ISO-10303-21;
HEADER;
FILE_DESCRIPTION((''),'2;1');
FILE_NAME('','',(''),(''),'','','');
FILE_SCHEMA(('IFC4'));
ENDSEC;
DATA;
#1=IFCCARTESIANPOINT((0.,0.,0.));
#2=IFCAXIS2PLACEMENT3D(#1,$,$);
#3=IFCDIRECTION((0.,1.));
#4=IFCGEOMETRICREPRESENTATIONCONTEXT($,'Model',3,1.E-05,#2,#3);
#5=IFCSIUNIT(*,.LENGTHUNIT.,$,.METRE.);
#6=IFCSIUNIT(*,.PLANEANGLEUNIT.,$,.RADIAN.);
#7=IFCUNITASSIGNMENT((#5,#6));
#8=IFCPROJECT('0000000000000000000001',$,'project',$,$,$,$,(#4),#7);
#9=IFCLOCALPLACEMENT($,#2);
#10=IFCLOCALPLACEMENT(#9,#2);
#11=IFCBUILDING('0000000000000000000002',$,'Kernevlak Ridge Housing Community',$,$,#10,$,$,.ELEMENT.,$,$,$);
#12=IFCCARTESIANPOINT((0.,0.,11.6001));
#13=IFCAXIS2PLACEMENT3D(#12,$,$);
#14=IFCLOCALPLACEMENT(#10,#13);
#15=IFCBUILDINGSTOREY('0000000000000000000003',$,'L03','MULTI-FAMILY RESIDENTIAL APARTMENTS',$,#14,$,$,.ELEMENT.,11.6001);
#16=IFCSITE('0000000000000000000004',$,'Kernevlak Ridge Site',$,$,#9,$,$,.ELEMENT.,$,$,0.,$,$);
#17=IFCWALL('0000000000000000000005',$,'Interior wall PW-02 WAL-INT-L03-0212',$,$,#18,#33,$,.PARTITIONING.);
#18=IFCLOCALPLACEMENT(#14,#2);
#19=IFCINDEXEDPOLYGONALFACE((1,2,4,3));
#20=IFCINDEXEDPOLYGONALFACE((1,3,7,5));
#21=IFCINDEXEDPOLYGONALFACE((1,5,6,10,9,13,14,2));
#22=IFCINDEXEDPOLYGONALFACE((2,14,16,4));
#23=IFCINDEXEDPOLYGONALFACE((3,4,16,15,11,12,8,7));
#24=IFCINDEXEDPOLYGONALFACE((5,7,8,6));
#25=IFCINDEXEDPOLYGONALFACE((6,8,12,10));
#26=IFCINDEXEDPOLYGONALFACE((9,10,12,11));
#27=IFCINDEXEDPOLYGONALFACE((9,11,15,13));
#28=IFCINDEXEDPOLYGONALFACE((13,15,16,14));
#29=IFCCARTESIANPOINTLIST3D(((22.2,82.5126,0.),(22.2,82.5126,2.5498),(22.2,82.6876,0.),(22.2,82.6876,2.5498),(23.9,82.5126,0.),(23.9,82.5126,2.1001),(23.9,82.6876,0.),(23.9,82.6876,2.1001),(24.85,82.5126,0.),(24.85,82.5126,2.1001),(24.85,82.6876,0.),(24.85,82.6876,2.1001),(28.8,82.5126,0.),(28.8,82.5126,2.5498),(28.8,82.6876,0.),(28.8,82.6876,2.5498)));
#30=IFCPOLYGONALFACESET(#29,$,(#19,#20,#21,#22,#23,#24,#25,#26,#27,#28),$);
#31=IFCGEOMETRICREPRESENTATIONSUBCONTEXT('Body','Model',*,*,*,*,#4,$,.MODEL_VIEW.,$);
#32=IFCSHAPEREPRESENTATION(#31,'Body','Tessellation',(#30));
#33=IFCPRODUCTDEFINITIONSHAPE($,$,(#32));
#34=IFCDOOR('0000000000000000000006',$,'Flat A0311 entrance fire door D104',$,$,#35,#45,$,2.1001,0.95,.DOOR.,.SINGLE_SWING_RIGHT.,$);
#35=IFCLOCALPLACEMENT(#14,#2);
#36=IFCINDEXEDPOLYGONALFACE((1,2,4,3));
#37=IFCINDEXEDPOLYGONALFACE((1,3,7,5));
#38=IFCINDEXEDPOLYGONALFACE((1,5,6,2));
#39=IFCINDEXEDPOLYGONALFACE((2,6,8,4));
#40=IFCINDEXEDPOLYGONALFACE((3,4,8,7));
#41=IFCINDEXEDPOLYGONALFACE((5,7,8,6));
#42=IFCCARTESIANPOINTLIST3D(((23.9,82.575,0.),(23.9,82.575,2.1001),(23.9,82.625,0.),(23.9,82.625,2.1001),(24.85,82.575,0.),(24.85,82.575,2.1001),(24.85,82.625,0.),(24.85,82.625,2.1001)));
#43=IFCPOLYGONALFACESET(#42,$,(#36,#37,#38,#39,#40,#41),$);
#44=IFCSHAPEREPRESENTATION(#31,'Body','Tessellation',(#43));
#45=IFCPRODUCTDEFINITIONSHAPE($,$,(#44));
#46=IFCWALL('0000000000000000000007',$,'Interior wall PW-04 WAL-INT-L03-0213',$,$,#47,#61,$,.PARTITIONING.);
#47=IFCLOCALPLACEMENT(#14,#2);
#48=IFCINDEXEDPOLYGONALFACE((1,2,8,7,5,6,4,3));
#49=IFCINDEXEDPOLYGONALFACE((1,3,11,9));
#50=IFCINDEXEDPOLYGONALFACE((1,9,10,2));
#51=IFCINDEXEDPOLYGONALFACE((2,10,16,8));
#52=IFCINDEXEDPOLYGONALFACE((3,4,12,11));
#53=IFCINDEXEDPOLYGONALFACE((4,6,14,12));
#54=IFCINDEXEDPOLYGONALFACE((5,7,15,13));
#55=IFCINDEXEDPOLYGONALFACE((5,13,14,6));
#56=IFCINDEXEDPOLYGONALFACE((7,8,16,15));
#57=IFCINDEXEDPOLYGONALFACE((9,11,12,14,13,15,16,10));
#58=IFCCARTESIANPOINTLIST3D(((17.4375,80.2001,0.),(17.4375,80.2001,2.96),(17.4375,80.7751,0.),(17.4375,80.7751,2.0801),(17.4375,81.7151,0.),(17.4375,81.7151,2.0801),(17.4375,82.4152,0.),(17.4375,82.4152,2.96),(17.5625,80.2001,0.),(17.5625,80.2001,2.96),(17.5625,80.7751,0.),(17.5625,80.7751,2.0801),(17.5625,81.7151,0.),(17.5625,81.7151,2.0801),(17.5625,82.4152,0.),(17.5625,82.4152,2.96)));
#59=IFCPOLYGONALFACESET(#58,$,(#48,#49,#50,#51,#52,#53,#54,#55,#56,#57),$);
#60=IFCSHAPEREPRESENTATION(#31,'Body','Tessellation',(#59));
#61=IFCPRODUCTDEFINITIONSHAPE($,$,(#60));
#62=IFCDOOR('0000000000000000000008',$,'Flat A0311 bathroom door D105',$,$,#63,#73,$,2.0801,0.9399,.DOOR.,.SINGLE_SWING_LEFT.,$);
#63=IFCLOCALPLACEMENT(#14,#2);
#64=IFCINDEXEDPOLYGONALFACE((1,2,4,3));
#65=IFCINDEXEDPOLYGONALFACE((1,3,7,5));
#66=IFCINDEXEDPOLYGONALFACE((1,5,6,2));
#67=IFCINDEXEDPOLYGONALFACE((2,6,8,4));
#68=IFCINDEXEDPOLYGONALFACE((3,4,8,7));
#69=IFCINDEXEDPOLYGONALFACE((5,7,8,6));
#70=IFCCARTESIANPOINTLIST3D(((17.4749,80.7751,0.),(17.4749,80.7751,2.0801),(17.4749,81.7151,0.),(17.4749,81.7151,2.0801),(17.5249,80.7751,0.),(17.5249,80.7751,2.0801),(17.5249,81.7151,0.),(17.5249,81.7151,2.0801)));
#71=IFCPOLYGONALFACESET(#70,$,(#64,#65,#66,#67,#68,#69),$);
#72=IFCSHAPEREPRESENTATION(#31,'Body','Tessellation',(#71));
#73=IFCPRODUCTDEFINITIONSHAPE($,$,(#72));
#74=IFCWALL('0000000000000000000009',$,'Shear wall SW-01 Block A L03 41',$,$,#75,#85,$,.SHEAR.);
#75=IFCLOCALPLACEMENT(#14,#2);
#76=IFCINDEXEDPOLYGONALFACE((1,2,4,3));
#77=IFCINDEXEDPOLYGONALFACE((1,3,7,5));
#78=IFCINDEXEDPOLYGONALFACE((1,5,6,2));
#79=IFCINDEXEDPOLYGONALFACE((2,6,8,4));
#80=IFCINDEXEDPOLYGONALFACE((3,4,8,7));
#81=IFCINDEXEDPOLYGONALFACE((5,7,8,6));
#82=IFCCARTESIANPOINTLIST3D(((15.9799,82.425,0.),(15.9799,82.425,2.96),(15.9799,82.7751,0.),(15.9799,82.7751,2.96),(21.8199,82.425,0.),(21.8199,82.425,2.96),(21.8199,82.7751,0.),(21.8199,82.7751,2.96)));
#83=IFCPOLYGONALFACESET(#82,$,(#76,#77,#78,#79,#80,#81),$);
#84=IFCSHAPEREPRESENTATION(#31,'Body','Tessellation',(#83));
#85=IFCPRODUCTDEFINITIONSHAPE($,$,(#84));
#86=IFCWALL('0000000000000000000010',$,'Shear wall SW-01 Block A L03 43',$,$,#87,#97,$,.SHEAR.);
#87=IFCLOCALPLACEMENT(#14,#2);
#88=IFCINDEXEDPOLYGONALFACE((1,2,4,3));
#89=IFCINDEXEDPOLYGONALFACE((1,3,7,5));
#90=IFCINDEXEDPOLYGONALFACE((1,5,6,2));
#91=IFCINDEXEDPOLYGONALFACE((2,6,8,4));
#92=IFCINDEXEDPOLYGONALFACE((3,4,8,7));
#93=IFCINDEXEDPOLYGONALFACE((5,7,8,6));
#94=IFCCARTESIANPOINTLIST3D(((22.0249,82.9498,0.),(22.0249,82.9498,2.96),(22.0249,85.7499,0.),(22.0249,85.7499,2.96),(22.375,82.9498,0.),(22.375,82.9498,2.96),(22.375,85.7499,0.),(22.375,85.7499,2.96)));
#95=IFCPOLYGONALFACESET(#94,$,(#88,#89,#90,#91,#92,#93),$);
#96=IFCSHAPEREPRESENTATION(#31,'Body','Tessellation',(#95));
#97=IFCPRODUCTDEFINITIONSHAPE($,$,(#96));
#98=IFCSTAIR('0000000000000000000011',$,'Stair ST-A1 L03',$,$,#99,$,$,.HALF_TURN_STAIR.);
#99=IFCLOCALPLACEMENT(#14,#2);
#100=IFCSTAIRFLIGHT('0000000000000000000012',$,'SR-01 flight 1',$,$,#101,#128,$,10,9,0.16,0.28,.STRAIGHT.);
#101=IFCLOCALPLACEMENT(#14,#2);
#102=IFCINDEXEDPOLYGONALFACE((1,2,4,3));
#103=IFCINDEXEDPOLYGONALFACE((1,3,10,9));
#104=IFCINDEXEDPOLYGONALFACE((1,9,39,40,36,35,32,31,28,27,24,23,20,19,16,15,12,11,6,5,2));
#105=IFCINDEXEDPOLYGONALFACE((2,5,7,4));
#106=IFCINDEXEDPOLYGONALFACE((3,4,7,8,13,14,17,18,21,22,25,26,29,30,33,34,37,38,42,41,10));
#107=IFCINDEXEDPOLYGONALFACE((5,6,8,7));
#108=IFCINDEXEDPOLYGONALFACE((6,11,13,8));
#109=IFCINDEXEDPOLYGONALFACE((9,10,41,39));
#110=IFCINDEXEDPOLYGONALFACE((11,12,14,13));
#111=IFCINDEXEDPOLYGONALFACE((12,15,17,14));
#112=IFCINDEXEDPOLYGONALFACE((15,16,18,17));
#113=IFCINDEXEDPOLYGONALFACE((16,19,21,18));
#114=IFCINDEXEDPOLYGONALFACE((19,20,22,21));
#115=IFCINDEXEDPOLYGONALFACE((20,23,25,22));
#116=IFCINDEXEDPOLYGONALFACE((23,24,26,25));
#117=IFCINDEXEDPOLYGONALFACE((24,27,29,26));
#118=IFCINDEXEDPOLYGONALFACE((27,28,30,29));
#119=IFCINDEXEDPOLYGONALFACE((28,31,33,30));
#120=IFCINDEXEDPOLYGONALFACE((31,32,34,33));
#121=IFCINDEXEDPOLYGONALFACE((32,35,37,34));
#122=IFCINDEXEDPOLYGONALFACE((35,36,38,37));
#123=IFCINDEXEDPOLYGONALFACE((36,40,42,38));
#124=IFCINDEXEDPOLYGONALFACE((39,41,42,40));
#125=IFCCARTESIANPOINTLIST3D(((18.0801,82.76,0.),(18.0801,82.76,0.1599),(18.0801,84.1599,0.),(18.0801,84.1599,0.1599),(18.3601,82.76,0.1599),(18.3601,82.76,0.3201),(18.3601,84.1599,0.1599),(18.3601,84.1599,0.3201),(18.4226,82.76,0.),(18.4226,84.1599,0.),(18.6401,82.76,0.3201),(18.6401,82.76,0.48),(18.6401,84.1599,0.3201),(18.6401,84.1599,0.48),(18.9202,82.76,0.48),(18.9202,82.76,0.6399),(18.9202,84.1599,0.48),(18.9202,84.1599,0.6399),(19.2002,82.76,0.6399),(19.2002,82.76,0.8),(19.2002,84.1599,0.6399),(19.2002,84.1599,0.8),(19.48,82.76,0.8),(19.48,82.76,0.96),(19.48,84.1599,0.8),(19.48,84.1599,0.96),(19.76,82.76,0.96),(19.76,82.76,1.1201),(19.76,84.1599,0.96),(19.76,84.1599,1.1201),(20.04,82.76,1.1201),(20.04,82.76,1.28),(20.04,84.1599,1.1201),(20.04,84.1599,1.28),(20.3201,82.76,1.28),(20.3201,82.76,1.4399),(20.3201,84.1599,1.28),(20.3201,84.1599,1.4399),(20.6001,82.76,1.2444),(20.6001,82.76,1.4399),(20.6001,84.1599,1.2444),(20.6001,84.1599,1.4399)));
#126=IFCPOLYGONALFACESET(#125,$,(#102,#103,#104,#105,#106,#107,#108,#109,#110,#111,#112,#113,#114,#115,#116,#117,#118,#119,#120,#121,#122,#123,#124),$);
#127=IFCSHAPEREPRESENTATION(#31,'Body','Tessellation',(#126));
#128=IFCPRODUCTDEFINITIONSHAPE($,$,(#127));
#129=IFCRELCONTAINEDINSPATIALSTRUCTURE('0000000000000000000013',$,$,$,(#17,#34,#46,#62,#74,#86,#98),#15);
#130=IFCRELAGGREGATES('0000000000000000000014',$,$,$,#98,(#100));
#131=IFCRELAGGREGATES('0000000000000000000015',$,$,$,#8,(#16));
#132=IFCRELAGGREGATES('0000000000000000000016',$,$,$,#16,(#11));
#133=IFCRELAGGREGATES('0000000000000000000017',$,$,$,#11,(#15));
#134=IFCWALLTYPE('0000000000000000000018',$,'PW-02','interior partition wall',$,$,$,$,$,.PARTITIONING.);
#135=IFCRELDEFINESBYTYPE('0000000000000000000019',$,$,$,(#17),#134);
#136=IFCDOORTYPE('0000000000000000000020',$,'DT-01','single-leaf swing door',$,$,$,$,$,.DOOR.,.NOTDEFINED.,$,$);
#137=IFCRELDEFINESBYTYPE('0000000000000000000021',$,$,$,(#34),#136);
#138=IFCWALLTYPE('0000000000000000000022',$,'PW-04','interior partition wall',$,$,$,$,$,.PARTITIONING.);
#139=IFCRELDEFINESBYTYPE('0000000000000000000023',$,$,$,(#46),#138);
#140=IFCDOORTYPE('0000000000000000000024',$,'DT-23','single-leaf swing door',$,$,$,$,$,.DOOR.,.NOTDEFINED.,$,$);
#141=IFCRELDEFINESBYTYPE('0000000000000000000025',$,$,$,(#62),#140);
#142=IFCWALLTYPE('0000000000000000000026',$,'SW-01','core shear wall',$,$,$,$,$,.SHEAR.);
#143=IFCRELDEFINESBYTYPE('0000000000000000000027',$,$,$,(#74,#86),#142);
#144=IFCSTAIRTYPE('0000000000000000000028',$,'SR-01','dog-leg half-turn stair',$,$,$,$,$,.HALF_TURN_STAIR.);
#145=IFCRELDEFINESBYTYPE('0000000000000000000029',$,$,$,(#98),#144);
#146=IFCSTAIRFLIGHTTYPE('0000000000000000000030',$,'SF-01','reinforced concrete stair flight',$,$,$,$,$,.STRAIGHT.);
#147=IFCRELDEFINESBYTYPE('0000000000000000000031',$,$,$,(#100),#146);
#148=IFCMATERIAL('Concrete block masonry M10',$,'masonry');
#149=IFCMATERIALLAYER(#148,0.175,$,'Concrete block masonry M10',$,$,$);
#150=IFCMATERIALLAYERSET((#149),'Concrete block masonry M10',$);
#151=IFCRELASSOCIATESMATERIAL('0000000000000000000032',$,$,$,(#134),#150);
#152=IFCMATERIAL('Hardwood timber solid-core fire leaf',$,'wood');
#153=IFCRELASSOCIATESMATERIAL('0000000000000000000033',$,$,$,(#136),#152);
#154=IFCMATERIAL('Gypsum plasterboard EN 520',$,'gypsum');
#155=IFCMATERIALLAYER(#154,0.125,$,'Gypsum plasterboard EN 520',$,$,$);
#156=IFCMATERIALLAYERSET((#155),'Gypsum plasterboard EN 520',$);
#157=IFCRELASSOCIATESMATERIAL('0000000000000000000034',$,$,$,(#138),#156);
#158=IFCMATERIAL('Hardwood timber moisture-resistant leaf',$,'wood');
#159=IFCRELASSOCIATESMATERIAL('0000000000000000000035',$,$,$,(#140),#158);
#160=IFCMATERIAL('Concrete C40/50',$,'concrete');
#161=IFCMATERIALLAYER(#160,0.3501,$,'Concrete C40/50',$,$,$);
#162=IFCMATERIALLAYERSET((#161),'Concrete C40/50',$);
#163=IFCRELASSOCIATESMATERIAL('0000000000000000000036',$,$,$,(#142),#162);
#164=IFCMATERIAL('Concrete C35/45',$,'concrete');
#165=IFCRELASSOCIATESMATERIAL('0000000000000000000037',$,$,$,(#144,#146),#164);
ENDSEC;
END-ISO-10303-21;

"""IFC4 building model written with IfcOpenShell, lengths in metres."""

from ifc_helpers import new_model, si_unit, direction, frame, frame_2d, origin, place, context, subcontext, project, spatial, polyline, rectangle, outline, extrude, material, layer, layer_set, type_object, element, fill, aggregate, save


model = new_model("IFC4")

# Units and contexts
model_context = context("Model", 3, precision=1e-05, world=origin(), true_north=direction((0.0, 1.0)))
body_context = subcontext(model_context, "Body", "Model", "MODEL_VIEW")
ifc_project = project(units=[si_unit("LENGTHUNIT", "METRE"), si_unit("PLANEANGLEUNIT", "RADIAN")], contexts=[model_context])

# Site, building, storey
site_placement = place(None, origin())
site = spatial("IfcSite", under=ifc_project, at=site_placement, Name="Kernevlak Ridge Site", CompositionType="ELEMENT", RefElevation=0.0)
building_placement = place(site_placement, origin())
building = spatial("IfcBuilding", under=site, at=building_placement, Name="Kernevlak Ridge Housing Community", CompositionType="ELEMENT")
storey_placement = place(building_placement, frame((0.0, 0.0, 11.6001)))
storey = spatial("IfcBuildingStorey", under=building, at=storey_placement, Name="L03", Description="MULTI-FAMILY RESIDENTIAL APARTMENTS", CompositionType="ELEMENT", Elevation=11.6001)

# Shared definitions
ifc_material_1 = material(Name="Concrete C40/50", Category="concrete")

# Shared definitions
ifc_material_2 = material(Name="Concrete C35/45", Category="concrete")

# Walls, openings, doors
ifc_material_3 = material(Name="Concrete block masonry M10", Category="masonry")
ifc_layer_1 = layer(ifc_material_3, 0.175, Name="Concrete block masonry M10")
ifc_layer_set_1 = layer_set([ifc_layer_1], Name="Concrete block masonry M10")
wall_type_1 = type_object("IfcWallType", Name="PW-02", Description="interior partition wall", PredefinedType="PARTITIONING", material=ifc_layer_set_1)
wall_1_placement = place(storey_placement, frame((22.2, 82.6001, 0.0), z_axis=(0.0, 0.0, 1.0), x_axis=(1.0, 0.0, 0.0)))
wall_1 = element("IfcWall", 1, at=wall_1_placement, inside=storey, type_object=wall_type_1, Name="Interior wall PW-02 WAL-INT-L03-0212", PredefinedType="PARTITIONING", context=body_context, shape_type="SweptSolid", body=[
    extrude(rectangle(XDim=6.6001, YDim=0.175, at=frame_2d((3.3, 0.0))), origin(), (0.0, 0.0, 1.0), 2.5498),
])
opening_1_placement = place(wall_1_placement, frame((1.7, 0.0, 0.0)))
opening_1 = element("IfcOpeningElement", 2, at=opening_1_placement, cuts=wall_1, PredefinedType="OPENING", context=body_context, shape_type="SweptSolid", body=[
    extrude(rectangle(XDim=0.95, YDim=2.1001, at=frame_2d((0.4751, 1.05))), frame((0.0, 0.0974, 0.0), z_axis=(0.0, -1.0, 0.0), x_axis=(1.0, 0.0, 0.0)), (0.0, 0.0, 1.0), 0.1951),
])
ifc_material_4 = material(Name="Hardwood timber solid-core fire leaf", Category="wood")
door_type_1 = type_object("IfcDoorType", Name="DT-01", Description="single-leaf swing door", OperationType="NOTDEFINED", PredefinedType="DOOR", material=ifc_material_4)
door_1_placement = place(opening_1_placement, origin())
door_1 = element("IfcDoor", 3, at=door_1_placement, inside=storey, type_object=door_type_1, Name="Flat A0311 entrance fire door D104", OperationType="SINGLE_SWING_RIGHT", OverallHeight=2.1001, OverallWidth=0.95, PredefinedType="DOOR", context=body_context, shape_type="SweptSolid", body=[
    extrude(rectangle(XDim=0.95, YDim=2.1001, at=frame_2d((0.4751, 1.05))), frame((0.0, 0.0249, 0.0), z_axis=(0.0, -1.0, 0.0), x_axis=(1.0, 0.0, 0.0)), (0.0, 0.0, 1.0), 0.05),
])
fill(opening_1, door_1)
ifc_material_5 = material(Name="Gypsum plasterboard EN 520", Category="gypsum")
ifc_layer_2 = layer(ifc_material_5, 0.125, Name="Gypsum plasterboard EN 520")
ifc_layer_set_2 = layer_set([ifc_layer_2], Name="Gypsum plasterboard EN 520")
wall_type_2 = type_object("IfcWallType", Name="PW-04", Description="interior partition wall", PredefinedType="PARTITIONING", material=ifc_layer_set_2)
wall_2_placement = place(storey_placement, frame((17.5, 82.415, 0.0), z_axis=(0.0, 0.0, 1.0), x_axis=(0.0, -1.0, 0.0)))
wall_2 = element("IfcWall", 4, at=wall_2_placement, inside=storey, type_object=wall_type_2, Name="Interior wall PW-04 WAL-INT-L03-0213", PredefinedType="PARTITIONING", context=body_context, shape_type="SweptSolid", body=[
    extrude(rectangle(XDim=2.2151, YDim=0.125, at=frame_2d((1.1074, 0.0))), origin(), (0.0, 0.0, 1.0), 2.96),
])
opening_2_placement = place(wall_2_placement, frame((0.7, 0.0, 0.0)))
opening_2 = element("IfcOpeningElement", 5, at=opening_2_placement, cuts=wall_2, PredefinedType="OPENING", context=body_context, shape_type="SweptSolid", body=[
    extrude(rectangle(XDim=0.9399, YDim=2.0801, at=frame_2d((0.47, 1.04))), frame((0.0, 0.0725, 0.0), z_axis=(0.0, -1.0, 0.0), x_axis=(1.0, 0.0, 0.0)), (0.0, 0.0, 1.0), 0.145),
])
ifc_material_6 = material(Name="Hardwood timber moisture-resistant leaf", Category="wood")
door_type_2 = type_object("IfcDoorType", Name="DT-23", Description="single-leaf swing door", OperationType="NOTDEFINED", PredefinedType="DOOR", material=ifc_material_6)
door_2_placement = place(opening_2_placement, origin())
door_2 = element("IfcDoor", 6, at=door_2_placement, inside=storey, type_object=door_type_2, Name="Flat A0311 bathroom door D105", OperationType="SINGLE_SWING_LEFT", OverallHeight=2.0801, OverallWidth=0.9399, PredefinedType="DOOR", context=body_context, shape_type="SweptSolid", body=[
    extrude(rectangle(XDim=0.9399, YDim=2.0801, at=frame_2d((0.47, 1.04))), frame((0.0, 0.0249, 0.0), z_axis=(0.0, -1.0, 0.0), x_axis=(1.0, 0.0, 0.0)), (0.0, 0.0, 1.0), 0.05),
])
fill(opening_2, door_2)

# Walls
ifc_layer_3 = layer(ifc_material_1, 0.3501, Name="Concrete C40/50")
ifc_layer_set_3 = layer_set([ifc_layer_3], Name="Concrete C40/50")
wall_type_3 = type_object("IfcWallType", Name="SW-01", Description="core shear wall", PredefinedType="SHEAR", material=ifc_layer_set_3)
wall_3_placement = place(storey_placement, frame((15.98, 82.6001, 0.0), z_axis=(0.0, 0.0, 1.0), x_axis=(1.0, 0.0, 0.0)))
element("IfcWall", 7, at=wall_3_placement, inside=storey, type_object=wall_type_3, Name="Shear wall SW-01 Block A L03 41", PredefinedType="SHEAR", context=body_context, shape_type="SweptSolid", body=[
    extrude(rectangle(XDim=5.8401, YDim=0.3501, at=frame_2d((2.9199, 0.0))), origin(), (0.0, 0.0, 1.0), 2.96),
])
wall_4_placement = place(storey_placement, frame((22.2, 82.95, 0.0), z_axis=(0.0, 0.0, 1.0), x_axis=(0.0, 1.0, 0.0)))
element("IfcWall", 8, at=wall_4_placement, inside=storey, type_object=wall_type_3, Name="Shear wall SW-01 Block A L03 43", PredefinedType="SHEAR", context=body_context, shape_type="SweptSolid", body=[
    extrude(rectangle(XDim=2.8, YDim=0.3501, at=frame_2d((1.3999, 0.0))), origin(), (0.0, 0.0, 1.0), 2.96),
])

# Stair, stair flight
stair_type = type_object("IfcStairType", Name="SR-01", Description="dog-leg half-turn stair", PredefinedType="HALF_TURN_STAIR", material=ifc_material_2)
stair_placement = place(storey_placement, origin())
stair = element("IfcStair", 9, at=stair_placement, inside=storey, type_object=stair_type, Name="Stair ST-A1 L03", PredefinedType="HALF_TURN_STAIR")
stair_flight_type = type_object("IfcStairFlightType", Name="SF-01", Description="reinforced concrete stair flight", PredefinedType="STRAIGHT", material=ifc_material_2)
stair_flight_placement = place(storey_placement, frame((18.0801, 83.46, 0.0), z_axis=(0.0, 0.0, 1.0), x_axis=(1.0, 0.0, 0.0)))
stair_flight = element("IfcStairFlight", 10, at=stair_flight_placement, type_object=stair_flight_type, Name="SR-01 flight 1", NumberOfRisers=10, NumberOfTreads=9, PredefinedType="STRAIGHT", RiserHeight=0.16, TreadLength=0.28, context=body_context, shape_type="SweptSolid", body=[
    extrude(outline(polyline([(0.0, 0.0), (0.0, 0.1599), (0.28, 0.1599), (0.28, 0.3201), (0.5601, 0.3201), (0.5601, 0.48), (0.8401, 0.48), (0.8401, 0.6399), (1.1201, 0.6399), (1.1201, 0.8), (1.3999, 0.8), (1.3999, 0.96), (1.6799, 0.96), (1.6799, 1.1201), (1.96, 1.1201), (1.96, 1.28), (2.24, 1.28), (2.24, 1.4399), (2.52, 1.4399), (2.52, 1.6001), (2.52, 1.2444), (0.3425, 0.0), (0.0, 0.0)])), frame((0.0, 0.7, 0.0), z_axis=(0.0, -1.0, 0.0), x_axis=(1.0, 0.0, 0.0)), (0.0, 0.0, 1.0), 1.3999),
])
aggregate(stair, [stair_flight])

save(model, "model.ifc")
